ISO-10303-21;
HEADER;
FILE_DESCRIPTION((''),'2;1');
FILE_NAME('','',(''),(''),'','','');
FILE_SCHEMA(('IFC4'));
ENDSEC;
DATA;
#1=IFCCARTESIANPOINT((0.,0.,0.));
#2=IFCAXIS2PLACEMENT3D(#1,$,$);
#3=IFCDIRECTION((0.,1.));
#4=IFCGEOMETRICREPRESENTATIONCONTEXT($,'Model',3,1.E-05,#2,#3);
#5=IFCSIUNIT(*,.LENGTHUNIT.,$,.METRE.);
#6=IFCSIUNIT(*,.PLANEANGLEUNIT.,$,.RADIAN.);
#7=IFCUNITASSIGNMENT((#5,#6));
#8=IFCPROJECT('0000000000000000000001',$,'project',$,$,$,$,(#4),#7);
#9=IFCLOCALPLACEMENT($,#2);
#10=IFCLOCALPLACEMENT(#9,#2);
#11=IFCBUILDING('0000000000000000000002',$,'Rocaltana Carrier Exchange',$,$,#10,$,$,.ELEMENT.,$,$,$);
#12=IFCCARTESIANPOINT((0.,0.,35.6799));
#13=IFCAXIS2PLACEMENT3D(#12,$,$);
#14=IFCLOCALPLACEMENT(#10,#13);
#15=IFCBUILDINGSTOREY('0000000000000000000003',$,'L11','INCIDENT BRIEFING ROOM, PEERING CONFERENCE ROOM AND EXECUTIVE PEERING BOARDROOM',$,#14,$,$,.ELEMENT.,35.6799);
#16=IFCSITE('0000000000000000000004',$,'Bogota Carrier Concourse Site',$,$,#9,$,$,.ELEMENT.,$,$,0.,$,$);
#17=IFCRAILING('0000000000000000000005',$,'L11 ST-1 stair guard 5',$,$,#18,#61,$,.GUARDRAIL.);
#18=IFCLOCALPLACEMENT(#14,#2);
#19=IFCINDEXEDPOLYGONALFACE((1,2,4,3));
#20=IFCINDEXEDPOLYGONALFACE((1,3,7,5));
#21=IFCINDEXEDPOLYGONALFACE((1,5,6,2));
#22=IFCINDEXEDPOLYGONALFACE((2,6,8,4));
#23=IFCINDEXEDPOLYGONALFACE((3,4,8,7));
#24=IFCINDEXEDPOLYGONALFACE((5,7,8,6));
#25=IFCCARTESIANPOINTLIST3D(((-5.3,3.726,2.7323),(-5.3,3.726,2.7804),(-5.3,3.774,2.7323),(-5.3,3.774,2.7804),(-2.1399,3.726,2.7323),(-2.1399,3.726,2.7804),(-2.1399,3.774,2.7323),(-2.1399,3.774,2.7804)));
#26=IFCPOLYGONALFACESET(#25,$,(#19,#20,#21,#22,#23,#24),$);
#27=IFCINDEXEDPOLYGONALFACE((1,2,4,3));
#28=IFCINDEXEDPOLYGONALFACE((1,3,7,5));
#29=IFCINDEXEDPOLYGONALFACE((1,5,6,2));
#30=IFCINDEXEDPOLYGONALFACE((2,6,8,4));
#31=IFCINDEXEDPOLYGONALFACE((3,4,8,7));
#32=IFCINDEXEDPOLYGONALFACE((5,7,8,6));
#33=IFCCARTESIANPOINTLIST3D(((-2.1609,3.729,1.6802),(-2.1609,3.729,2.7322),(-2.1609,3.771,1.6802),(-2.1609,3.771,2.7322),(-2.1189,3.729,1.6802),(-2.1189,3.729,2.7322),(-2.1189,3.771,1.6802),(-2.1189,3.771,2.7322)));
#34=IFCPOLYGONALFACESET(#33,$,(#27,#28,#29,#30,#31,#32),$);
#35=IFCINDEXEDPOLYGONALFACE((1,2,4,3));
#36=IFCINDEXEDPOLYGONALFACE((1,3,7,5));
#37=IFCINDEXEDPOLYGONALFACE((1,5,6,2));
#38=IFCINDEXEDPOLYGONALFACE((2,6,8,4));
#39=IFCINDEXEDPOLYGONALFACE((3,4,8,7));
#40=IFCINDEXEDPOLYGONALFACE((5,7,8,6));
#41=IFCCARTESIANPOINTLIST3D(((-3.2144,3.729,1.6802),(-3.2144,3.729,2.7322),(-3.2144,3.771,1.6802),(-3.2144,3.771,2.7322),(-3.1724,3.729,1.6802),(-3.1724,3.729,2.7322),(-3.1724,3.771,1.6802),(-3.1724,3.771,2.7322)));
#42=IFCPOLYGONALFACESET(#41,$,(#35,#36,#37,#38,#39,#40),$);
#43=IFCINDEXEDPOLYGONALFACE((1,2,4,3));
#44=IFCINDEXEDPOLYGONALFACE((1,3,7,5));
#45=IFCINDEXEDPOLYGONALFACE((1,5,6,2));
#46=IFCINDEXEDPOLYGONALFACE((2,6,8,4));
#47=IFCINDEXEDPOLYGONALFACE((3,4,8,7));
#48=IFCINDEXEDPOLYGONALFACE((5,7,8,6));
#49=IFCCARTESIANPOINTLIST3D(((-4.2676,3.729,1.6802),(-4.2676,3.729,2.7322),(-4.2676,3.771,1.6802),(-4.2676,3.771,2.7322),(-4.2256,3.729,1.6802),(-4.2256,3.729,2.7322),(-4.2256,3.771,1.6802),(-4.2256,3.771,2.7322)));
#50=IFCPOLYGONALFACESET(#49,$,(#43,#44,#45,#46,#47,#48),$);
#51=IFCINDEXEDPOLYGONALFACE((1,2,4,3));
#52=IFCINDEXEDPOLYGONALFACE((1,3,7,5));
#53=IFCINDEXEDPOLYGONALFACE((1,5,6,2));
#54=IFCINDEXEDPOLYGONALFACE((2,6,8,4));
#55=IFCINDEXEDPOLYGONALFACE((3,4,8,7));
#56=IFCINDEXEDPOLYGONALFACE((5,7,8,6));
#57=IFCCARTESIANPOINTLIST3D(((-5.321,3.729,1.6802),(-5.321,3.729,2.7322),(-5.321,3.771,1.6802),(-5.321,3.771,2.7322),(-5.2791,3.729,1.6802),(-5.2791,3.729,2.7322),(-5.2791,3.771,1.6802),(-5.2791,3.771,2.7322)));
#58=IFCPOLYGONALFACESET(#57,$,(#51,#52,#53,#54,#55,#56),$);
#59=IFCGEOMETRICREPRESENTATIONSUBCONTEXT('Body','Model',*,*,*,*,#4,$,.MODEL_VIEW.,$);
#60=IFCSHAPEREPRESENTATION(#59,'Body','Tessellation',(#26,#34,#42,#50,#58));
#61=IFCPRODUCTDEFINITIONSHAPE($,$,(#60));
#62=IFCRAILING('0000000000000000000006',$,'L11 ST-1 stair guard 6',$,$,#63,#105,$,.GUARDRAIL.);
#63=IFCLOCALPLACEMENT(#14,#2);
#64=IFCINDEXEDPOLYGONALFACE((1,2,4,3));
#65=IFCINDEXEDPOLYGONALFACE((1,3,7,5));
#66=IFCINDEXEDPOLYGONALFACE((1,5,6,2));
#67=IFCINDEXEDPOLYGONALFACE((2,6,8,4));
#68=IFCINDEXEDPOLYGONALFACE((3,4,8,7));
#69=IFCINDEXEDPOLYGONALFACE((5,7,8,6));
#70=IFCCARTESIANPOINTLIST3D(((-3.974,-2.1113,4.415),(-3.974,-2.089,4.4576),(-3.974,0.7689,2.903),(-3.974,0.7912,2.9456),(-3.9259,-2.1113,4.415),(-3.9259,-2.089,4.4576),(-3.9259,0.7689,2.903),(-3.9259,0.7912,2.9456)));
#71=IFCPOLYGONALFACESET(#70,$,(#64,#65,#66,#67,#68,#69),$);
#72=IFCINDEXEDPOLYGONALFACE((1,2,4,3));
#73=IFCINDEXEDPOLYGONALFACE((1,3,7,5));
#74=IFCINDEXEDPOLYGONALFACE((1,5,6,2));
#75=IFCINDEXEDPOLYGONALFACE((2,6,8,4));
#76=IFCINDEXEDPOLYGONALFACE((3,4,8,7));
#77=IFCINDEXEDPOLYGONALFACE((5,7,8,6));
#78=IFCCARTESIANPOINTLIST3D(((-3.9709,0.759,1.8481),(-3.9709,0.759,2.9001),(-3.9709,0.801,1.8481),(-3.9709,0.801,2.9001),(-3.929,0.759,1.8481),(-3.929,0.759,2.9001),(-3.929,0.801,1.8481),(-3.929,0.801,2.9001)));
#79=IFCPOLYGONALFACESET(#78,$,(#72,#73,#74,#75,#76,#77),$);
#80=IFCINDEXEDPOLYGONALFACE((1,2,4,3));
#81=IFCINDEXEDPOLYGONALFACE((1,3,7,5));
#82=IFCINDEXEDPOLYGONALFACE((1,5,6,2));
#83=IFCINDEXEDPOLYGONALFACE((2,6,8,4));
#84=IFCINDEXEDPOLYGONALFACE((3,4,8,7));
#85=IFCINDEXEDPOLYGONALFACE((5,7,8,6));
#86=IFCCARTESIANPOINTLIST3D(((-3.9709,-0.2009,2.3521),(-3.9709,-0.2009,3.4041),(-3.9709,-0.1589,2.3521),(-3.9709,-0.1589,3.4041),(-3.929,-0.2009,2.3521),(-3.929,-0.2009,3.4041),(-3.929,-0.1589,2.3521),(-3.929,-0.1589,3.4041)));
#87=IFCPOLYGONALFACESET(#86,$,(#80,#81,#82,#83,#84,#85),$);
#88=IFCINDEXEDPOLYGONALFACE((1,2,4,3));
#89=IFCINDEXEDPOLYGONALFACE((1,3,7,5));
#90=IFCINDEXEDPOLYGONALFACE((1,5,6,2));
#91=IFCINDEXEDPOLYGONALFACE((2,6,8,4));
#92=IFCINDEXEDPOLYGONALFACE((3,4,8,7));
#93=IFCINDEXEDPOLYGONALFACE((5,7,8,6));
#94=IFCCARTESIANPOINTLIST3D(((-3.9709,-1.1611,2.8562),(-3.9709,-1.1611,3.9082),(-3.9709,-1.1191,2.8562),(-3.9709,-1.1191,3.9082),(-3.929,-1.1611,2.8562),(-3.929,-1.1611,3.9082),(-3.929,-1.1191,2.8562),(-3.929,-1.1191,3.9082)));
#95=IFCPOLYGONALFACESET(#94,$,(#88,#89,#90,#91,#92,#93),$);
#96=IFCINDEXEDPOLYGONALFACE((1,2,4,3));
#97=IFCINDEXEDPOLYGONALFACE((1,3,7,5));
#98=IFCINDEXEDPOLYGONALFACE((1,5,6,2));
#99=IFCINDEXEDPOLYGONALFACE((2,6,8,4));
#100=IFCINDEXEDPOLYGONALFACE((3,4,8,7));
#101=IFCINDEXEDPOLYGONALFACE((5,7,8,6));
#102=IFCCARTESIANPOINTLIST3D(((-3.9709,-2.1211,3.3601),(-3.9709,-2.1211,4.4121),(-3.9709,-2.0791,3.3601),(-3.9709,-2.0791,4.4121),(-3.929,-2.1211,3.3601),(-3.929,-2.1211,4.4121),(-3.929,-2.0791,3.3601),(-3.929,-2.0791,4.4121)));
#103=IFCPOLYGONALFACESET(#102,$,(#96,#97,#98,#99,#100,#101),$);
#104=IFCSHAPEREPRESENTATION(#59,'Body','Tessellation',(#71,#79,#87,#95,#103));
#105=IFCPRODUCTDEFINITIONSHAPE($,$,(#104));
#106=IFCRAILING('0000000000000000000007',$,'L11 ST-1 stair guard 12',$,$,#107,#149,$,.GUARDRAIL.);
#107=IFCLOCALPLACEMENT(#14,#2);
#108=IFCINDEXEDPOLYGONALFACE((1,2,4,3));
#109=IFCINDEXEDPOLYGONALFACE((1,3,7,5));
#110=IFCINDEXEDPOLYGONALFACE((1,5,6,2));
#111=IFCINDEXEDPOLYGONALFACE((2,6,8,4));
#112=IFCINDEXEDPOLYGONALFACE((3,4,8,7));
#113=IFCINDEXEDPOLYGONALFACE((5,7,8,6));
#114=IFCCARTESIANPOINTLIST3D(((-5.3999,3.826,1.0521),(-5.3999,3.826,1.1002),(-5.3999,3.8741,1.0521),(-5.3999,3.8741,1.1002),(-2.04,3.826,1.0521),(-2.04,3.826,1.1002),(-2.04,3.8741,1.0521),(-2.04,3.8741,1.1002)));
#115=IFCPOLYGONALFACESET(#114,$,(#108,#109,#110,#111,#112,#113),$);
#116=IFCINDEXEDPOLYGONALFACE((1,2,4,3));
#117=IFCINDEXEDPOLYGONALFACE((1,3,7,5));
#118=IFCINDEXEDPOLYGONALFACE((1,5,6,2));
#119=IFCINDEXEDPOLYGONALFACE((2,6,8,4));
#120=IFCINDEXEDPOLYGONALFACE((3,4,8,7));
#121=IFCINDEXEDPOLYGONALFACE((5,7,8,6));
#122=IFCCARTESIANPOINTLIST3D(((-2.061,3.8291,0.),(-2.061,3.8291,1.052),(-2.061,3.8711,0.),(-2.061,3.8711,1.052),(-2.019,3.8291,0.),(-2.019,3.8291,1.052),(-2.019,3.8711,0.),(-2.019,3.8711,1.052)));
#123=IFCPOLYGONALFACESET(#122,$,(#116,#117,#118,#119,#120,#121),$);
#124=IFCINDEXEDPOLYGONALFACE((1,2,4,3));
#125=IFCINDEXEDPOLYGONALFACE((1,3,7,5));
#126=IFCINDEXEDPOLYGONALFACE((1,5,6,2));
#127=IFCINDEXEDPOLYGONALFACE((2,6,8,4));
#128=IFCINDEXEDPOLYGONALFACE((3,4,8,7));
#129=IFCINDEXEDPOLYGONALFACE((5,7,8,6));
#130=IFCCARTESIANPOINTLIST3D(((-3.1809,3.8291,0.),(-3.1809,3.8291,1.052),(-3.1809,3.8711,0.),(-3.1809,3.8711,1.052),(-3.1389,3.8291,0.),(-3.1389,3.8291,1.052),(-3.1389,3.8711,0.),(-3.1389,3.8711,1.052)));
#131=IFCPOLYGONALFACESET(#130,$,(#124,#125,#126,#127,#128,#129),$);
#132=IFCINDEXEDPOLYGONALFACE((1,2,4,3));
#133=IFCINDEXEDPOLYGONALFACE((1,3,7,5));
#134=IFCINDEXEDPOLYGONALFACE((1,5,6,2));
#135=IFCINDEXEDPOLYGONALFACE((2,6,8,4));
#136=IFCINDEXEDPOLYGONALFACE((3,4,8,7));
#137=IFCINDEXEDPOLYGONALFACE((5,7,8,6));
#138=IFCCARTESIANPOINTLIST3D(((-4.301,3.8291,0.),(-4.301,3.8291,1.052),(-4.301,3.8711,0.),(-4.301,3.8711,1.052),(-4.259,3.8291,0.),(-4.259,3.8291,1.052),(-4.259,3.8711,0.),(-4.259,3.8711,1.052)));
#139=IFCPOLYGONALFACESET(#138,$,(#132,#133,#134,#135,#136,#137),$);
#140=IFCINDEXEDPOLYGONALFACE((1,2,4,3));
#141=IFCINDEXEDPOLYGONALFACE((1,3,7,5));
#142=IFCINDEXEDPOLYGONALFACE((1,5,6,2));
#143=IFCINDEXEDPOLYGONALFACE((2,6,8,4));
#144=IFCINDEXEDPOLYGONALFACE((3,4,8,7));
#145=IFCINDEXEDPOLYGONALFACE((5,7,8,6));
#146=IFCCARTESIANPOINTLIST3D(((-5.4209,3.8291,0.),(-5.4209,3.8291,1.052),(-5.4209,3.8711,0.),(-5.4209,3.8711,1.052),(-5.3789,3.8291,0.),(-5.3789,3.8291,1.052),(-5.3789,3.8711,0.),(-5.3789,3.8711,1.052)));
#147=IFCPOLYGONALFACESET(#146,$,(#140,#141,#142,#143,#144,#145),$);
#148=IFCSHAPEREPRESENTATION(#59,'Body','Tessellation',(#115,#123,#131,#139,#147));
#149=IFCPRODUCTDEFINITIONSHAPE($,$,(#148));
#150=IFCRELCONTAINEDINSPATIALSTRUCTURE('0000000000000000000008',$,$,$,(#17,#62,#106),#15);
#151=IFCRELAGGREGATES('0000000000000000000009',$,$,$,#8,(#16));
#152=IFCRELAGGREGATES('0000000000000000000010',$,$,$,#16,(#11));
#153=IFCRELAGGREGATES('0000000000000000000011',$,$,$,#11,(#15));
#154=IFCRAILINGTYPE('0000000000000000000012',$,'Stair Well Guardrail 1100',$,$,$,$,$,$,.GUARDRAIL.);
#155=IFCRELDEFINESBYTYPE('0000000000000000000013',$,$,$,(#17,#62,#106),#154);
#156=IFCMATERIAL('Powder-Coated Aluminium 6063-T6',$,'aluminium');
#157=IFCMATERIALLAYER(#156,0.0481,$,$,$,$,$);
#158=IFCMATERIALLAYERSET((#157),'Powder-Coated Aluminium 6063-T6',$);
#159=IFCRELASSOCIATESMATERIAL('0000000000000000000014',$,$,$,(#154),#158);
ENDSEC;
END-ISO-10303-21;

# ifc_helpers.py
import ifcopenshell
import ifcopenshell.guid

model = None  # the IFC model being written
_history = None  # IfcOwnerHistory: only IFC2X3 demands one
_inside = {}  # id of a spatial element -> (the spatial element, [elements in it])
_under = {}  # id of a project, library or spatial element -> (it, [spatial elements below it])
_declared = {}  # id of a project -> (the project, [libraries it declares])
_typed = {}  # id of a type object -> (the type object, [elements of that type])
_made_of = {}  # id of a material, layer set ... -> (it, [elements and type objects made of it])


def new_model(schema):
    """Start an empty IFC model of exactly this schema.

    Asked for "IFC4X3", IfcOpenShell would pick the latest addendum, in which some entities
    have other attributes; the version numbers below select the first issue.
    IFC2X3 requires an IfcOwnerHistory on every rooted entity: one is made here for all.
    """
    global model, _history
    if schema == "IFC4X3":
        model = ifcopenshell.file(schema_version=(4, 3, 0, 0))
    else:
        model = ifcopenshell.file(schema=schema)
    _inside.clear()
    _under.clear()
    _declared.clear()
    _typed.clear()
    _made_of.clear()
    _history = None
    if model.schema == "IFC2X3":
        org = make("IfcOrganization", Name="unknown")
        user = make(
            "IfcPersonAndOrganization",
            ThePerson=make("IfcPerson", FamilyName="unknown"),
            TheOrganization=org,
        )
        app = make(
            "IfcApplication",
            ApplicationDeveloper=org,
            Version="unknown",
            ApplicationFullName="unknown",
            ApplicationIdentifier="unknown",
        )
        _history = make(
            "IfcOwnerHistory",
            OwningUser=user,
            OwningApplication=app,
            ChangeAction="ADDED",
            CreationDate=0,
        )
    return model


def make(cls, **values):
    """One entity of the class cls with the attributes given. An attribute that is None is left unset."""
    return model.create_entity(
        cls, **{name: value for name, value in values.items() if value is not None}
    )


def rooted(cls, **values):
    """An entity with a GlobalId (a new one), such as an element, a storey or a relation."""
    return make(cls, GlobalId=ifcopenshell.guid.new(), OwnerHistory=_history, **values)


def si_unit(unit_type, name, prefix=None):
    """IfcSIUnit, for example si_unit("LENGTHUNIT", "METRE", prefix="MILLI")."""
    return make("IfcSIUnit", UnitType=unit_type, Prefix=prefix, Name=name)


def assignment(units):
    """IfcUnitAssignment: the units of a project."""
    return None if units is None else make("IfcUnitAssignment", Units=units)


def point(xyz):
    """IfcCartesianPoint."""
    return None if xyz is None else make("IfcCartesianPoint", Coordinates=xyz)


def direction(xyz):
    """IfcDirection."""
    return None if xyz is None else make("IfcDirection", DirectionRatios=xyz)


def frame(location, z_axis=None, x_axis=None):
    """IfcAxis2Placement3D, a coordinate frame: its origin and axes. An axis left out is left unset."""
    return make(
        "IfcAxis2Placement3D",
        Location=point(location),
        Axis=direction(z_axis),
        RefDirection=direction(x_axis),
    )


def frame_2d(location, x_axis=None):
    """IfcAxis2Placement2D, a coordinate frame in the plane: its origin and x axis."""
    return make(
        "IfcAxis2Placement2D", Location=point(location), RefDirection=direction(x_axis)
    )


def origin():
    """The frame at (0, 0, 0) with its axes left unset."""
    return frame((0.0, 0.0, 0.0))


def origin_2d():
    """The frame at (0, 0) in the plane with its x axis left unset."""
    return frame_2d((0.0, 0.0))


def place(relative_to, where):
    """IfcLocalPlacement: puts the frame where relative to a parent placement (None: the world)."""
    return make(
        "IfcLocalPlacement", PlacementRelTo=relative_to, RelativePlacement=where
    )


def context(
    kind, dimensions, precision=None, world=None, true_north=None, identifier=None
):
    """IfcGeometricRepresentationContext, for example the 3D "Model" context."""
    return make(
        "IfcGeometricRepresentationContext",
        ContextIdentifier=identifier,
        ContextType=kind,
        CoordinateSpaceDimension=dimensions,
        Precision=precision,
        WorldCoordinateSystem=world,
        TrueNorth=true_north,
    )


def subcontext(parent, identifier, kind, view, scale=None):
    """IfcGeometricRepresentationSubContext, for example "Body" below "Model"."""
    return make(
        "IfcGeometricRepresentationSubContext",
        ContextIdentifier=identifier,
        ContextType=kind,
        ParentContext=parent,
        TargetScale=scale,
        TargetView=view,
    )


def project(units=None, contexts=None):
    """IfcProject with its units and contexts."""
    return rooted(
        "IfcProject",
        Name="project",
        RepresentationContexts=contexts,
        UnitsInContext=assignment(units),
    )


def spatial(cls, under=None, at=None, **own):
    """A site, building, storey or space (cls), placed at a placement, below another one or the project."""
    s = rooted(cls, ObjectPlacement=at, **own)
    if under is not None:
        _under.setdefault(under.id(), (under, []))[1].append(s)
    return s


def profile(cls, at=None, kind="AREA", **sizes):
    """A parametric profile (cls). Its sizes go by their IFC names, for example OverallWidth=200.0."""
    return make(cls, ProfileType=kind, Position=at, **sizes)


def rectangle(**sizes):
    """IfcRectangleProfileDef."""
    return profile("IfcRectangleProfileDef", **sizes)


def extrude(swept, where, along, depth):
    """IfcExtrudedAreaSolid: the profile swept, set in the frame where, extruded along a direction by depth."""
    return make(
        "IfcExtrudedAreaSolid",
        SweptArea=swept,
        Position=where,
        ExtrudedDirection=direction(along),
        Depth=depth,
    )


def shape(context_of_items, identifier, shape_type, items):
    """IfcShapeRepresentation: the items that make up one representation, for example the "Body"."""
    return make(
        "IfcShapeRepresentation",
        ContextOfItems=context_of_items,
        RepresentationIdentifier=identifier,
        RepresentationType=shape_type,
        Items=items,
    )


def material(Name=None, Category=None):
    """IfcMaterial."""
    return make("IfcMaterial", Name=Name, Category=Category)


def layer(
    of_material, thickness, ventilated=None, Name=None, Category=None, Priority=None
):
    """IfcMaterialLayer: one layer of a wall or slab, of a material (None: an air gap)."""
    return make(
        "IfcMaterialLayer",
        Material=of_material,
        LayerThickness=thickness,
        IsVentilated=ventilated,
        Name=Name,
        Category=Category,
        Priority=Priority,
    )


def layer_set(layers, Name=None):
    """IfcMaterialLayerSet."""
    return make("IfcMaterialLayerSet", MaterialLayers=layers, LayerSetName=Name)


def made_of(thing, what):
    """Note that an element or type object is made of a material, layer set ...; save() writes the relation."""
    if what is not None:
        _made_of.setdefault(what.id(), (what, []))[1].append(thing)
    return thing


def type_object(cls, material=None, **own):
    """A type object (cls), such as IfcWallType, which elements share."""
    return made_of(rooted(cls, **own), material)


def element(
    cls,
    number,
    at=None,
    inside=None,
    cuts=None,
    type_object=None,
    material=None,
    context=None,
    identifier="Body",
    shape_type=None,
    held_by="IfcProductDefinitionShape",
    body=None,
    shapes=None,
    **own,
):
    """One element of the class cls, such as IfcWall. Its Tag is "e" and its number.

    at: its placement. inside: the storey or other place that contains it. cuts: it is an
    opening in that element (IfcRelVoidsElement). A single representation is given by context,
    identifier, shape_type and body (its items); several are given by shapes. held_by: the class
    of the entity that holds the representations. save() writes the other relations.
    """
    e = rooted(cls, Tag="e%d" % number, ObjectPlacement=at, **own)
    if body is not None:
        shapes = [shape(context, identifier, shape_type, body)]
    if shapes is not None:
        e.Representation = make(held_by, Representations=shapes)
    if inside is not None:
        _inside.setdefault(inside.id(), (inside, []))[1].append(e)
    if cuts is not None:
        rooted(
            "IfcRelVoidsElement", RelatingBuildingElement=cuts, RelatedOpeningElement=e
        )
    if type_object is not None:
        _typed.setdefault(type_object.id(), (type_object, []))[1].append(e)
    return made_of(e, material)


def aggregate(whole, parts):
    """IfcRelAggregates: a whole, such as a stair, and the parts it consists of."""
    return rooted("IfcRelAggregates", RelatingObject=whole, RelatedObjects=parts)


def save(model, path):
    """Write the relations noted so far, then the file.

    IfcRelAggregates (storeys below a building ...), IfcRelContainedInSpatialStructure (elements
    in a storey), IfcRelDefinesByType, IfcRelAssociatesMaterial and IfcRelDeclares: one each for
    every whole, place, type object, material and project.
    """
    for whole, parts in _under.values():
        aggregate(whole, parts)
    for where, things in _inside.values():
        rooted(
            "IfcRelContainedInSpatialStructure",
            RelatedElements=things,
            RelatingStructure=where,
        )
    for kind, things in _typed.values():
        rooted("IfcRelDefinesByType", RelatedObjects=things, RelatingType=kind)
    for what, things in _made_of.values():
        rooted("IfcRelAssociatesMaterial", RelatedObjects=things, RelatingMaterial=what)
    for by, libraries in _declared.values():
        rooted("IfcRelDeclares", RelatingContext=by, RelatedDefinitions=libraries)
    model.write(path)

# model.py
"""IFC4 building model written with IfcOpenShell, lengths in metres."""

from ifc_helpers import new_model, si_unit, direction, frame, origin, origin_2d, place, context, subcontext, project, spatial, rectangle, extrude, material, layer, layer_set, type_object, element, save


model = new_model("IFC4")

# Units and contexts
model_context = context("Model", 3, precision=1e-05, world=origin(), true_north=direction((0.0, 1.0)))
body_context = subcontext(model_context, "Body", "Model", "MODEL_VIEW")
ifc_project = project(units=[si_unit("LENGTHUNIT", "METRE"), si_unit("PLANEANGLEUNIT", "RADIAN")], contexts=[model_context])

# Site, building, storey
site_placement = place(None, origin())
site = spatial("IfcSite", under=ifc_project, at=site_placement, Name="Bogota Carrier Concourse Site", CompositionType="ELEMENT", RefElevation=0.0)
building_placement = place(site_placement, origin())
building = spatial("IfcBuilding", under=site, at=building_placement, Name="Rocaltana Carrier Exchange", CompositionType="ELEMENT")
storey_placement = place(building_placement, frame((0.0, 0.0, 35.6799)))
storey = spatial("IfcBuildingStorey", under=building, at=storey_placement, Name="L11", Description="INCIDENT BRIEFING ROOM, PEERING CONFERENCE ROOM AND EXECUTIVE PEERING BOARDROOM", CompositionType="ELEMENT", Elevation=35.6799)

# Railings
ifc_material_1 = material(Name="Powder-Coated Aluminium 6063-T6", Category="aluminium")
ifc_layer_1 = layer(ifc_material_1, 0.0481)
ifc_layer_set_1 = layer_set([ifc_layer_1], Name="Powder-Coated Aluminium 6063-T6")
railing_type_1 = type_object("IfcRailingType", Name="Stair Well Guardrail 1100", PredefinedType="GUARDRAIL", material=ifc_layer_set_1)
railing_1_placement = place(storey_placement, frame((-2.1399, 3.75, 1.6802)))
element("IfcRailing", 1, at=railing_1_placement, inside=storey, type_object=railing_type_1, Name="L11 ST-1 stair guard 5", PredefinedType="GUARDRAIL", context=body_context, shape_type="SweptSolid", body=[
    extrude(rectangle(XDim=0.0481, YDim=0.0481, at=origin_2d()), frame((0.0, 0.0, 1.0762), z_axis=(-1.0, 0.0, 0.0), x_axis=(0.0, -1.0, 0.0)), (0.0, 0.0, 1.0), 3.1602),
    extrude(rectangle(XDim=0.042, YDim=0.042, at=origin_2d()), origin(), (0.0, 0.0, 1.0), 1.052),
    extrude(rectangle(XDim=0.042, YDim=0.042, at=origin_2d()), frame((-1.0535, 0.0, 0.0)), (0.0, 0.0, 1.0), 1.052),
    extrude(rectangle(XDim=0.042, YDim=0.042, at=origin_2d()), frame((-2.1067, 0.0, 0.0)), (0.0, 0.0, 1.0), 1.052),
    extrude(rectangle(XDim=0.042, YDim=0.042, at=origin_2d()), frame((-3.1602, 0.0, 0.0)), (0.0, 0.0, 1.0), 1.052),
])
railing_2_placement = place(storey_placement, frame((-3.95, 0.78, 1.8481)))
element("IfcRailing", 2, at=railing_2_placement, inside=storey, type_object=railing_type_1, Name="L11 ST-1 stair guard 6", PredefinedType="GUARDRAIL", context=body_context, shape_type="SweptSolid", body=[
    extrude(rectangle(XDim=0.0481, YDim=0.0481, at=origin_2d()), frame((0.0, 0.0, 1.0762), z_axis=(0.0, -0.885411, 0.464809), x_axis=(1.0, 0.0, 0.0)), (0.0, 0.0, 1.0), 3.2529),
    extrude(rectangle(XDim=0.042, YDim=0.042, at=origin_2d()), origin(), (0.0, 0.0, 1.0), 1.052),
    extrude(rectangle(XDim=0.042, YDim=0.042, at=origin_2d()), frame((0.0, -0.96, 0.5039)), (0.0, 0.0, 1.0), 1.052),
    extrude(rectangle(XDim=0.042, YDim=0.042, at=origin_2d()), frame((0.0, -1.9202, 1.0081)), (0.0, 0.0, 1.0), 1.052),
    extrude(rectangle(XDim=0.042, YDim=0.042, at=origin_2d()), frame((0.0, -2.8801, 1.512)), (0.0, 0.0, 1.0), 1.052),
])
railing_3_placement = place(storey_placement, frame((-2.04, 3.8501, 0.0)))
element("IfcRailing", 3, at=railing_3_placement, inside=storey, type_object=railing_type_1, Name="L11 ST-1 stair guard 12", PredefinedType="GUARDRAIL", context=body_context, shape_type="SweptSolid", body=[
    extrude(rectangle(XDim=0.0481, YDim=0.0481, at=origin_2d()), frame((0.0, 0.0, 1.0762), z_axis=(-1.0, 0.0, 0.0), x_axis=(0.0, -1.0, 0.0)), (0.0, 0.0, 1.0), 3.3599),
    extrude(rectangle(XDim=0.042, YDim=0.042, at=origin_2d()), origin(), (0.0, 0.0, 1.0), 1.052),
    extrude(rectangle(XDim=0.042, YDim=0.042, at=origin_2d()), frame((-1.1199, 0.0, 0.0)), (0.0, 0.0, 1.0), 1.052),
    extrude(rectangle(XDim=0.042, YDim=0.042, at=origin_2d()), frame((-2.24, 0.0, 0.0)), (0.0, 0.0, 1.0), 1.052),
    extrude(rectangle(XDim=0.042, YDim=0.042, at=origin_2d()), frame((-3.3599, 0.0, 0.0)), (0.0, 0.0, 1.0), 1.052),
])

save(model, "model.ifc")
